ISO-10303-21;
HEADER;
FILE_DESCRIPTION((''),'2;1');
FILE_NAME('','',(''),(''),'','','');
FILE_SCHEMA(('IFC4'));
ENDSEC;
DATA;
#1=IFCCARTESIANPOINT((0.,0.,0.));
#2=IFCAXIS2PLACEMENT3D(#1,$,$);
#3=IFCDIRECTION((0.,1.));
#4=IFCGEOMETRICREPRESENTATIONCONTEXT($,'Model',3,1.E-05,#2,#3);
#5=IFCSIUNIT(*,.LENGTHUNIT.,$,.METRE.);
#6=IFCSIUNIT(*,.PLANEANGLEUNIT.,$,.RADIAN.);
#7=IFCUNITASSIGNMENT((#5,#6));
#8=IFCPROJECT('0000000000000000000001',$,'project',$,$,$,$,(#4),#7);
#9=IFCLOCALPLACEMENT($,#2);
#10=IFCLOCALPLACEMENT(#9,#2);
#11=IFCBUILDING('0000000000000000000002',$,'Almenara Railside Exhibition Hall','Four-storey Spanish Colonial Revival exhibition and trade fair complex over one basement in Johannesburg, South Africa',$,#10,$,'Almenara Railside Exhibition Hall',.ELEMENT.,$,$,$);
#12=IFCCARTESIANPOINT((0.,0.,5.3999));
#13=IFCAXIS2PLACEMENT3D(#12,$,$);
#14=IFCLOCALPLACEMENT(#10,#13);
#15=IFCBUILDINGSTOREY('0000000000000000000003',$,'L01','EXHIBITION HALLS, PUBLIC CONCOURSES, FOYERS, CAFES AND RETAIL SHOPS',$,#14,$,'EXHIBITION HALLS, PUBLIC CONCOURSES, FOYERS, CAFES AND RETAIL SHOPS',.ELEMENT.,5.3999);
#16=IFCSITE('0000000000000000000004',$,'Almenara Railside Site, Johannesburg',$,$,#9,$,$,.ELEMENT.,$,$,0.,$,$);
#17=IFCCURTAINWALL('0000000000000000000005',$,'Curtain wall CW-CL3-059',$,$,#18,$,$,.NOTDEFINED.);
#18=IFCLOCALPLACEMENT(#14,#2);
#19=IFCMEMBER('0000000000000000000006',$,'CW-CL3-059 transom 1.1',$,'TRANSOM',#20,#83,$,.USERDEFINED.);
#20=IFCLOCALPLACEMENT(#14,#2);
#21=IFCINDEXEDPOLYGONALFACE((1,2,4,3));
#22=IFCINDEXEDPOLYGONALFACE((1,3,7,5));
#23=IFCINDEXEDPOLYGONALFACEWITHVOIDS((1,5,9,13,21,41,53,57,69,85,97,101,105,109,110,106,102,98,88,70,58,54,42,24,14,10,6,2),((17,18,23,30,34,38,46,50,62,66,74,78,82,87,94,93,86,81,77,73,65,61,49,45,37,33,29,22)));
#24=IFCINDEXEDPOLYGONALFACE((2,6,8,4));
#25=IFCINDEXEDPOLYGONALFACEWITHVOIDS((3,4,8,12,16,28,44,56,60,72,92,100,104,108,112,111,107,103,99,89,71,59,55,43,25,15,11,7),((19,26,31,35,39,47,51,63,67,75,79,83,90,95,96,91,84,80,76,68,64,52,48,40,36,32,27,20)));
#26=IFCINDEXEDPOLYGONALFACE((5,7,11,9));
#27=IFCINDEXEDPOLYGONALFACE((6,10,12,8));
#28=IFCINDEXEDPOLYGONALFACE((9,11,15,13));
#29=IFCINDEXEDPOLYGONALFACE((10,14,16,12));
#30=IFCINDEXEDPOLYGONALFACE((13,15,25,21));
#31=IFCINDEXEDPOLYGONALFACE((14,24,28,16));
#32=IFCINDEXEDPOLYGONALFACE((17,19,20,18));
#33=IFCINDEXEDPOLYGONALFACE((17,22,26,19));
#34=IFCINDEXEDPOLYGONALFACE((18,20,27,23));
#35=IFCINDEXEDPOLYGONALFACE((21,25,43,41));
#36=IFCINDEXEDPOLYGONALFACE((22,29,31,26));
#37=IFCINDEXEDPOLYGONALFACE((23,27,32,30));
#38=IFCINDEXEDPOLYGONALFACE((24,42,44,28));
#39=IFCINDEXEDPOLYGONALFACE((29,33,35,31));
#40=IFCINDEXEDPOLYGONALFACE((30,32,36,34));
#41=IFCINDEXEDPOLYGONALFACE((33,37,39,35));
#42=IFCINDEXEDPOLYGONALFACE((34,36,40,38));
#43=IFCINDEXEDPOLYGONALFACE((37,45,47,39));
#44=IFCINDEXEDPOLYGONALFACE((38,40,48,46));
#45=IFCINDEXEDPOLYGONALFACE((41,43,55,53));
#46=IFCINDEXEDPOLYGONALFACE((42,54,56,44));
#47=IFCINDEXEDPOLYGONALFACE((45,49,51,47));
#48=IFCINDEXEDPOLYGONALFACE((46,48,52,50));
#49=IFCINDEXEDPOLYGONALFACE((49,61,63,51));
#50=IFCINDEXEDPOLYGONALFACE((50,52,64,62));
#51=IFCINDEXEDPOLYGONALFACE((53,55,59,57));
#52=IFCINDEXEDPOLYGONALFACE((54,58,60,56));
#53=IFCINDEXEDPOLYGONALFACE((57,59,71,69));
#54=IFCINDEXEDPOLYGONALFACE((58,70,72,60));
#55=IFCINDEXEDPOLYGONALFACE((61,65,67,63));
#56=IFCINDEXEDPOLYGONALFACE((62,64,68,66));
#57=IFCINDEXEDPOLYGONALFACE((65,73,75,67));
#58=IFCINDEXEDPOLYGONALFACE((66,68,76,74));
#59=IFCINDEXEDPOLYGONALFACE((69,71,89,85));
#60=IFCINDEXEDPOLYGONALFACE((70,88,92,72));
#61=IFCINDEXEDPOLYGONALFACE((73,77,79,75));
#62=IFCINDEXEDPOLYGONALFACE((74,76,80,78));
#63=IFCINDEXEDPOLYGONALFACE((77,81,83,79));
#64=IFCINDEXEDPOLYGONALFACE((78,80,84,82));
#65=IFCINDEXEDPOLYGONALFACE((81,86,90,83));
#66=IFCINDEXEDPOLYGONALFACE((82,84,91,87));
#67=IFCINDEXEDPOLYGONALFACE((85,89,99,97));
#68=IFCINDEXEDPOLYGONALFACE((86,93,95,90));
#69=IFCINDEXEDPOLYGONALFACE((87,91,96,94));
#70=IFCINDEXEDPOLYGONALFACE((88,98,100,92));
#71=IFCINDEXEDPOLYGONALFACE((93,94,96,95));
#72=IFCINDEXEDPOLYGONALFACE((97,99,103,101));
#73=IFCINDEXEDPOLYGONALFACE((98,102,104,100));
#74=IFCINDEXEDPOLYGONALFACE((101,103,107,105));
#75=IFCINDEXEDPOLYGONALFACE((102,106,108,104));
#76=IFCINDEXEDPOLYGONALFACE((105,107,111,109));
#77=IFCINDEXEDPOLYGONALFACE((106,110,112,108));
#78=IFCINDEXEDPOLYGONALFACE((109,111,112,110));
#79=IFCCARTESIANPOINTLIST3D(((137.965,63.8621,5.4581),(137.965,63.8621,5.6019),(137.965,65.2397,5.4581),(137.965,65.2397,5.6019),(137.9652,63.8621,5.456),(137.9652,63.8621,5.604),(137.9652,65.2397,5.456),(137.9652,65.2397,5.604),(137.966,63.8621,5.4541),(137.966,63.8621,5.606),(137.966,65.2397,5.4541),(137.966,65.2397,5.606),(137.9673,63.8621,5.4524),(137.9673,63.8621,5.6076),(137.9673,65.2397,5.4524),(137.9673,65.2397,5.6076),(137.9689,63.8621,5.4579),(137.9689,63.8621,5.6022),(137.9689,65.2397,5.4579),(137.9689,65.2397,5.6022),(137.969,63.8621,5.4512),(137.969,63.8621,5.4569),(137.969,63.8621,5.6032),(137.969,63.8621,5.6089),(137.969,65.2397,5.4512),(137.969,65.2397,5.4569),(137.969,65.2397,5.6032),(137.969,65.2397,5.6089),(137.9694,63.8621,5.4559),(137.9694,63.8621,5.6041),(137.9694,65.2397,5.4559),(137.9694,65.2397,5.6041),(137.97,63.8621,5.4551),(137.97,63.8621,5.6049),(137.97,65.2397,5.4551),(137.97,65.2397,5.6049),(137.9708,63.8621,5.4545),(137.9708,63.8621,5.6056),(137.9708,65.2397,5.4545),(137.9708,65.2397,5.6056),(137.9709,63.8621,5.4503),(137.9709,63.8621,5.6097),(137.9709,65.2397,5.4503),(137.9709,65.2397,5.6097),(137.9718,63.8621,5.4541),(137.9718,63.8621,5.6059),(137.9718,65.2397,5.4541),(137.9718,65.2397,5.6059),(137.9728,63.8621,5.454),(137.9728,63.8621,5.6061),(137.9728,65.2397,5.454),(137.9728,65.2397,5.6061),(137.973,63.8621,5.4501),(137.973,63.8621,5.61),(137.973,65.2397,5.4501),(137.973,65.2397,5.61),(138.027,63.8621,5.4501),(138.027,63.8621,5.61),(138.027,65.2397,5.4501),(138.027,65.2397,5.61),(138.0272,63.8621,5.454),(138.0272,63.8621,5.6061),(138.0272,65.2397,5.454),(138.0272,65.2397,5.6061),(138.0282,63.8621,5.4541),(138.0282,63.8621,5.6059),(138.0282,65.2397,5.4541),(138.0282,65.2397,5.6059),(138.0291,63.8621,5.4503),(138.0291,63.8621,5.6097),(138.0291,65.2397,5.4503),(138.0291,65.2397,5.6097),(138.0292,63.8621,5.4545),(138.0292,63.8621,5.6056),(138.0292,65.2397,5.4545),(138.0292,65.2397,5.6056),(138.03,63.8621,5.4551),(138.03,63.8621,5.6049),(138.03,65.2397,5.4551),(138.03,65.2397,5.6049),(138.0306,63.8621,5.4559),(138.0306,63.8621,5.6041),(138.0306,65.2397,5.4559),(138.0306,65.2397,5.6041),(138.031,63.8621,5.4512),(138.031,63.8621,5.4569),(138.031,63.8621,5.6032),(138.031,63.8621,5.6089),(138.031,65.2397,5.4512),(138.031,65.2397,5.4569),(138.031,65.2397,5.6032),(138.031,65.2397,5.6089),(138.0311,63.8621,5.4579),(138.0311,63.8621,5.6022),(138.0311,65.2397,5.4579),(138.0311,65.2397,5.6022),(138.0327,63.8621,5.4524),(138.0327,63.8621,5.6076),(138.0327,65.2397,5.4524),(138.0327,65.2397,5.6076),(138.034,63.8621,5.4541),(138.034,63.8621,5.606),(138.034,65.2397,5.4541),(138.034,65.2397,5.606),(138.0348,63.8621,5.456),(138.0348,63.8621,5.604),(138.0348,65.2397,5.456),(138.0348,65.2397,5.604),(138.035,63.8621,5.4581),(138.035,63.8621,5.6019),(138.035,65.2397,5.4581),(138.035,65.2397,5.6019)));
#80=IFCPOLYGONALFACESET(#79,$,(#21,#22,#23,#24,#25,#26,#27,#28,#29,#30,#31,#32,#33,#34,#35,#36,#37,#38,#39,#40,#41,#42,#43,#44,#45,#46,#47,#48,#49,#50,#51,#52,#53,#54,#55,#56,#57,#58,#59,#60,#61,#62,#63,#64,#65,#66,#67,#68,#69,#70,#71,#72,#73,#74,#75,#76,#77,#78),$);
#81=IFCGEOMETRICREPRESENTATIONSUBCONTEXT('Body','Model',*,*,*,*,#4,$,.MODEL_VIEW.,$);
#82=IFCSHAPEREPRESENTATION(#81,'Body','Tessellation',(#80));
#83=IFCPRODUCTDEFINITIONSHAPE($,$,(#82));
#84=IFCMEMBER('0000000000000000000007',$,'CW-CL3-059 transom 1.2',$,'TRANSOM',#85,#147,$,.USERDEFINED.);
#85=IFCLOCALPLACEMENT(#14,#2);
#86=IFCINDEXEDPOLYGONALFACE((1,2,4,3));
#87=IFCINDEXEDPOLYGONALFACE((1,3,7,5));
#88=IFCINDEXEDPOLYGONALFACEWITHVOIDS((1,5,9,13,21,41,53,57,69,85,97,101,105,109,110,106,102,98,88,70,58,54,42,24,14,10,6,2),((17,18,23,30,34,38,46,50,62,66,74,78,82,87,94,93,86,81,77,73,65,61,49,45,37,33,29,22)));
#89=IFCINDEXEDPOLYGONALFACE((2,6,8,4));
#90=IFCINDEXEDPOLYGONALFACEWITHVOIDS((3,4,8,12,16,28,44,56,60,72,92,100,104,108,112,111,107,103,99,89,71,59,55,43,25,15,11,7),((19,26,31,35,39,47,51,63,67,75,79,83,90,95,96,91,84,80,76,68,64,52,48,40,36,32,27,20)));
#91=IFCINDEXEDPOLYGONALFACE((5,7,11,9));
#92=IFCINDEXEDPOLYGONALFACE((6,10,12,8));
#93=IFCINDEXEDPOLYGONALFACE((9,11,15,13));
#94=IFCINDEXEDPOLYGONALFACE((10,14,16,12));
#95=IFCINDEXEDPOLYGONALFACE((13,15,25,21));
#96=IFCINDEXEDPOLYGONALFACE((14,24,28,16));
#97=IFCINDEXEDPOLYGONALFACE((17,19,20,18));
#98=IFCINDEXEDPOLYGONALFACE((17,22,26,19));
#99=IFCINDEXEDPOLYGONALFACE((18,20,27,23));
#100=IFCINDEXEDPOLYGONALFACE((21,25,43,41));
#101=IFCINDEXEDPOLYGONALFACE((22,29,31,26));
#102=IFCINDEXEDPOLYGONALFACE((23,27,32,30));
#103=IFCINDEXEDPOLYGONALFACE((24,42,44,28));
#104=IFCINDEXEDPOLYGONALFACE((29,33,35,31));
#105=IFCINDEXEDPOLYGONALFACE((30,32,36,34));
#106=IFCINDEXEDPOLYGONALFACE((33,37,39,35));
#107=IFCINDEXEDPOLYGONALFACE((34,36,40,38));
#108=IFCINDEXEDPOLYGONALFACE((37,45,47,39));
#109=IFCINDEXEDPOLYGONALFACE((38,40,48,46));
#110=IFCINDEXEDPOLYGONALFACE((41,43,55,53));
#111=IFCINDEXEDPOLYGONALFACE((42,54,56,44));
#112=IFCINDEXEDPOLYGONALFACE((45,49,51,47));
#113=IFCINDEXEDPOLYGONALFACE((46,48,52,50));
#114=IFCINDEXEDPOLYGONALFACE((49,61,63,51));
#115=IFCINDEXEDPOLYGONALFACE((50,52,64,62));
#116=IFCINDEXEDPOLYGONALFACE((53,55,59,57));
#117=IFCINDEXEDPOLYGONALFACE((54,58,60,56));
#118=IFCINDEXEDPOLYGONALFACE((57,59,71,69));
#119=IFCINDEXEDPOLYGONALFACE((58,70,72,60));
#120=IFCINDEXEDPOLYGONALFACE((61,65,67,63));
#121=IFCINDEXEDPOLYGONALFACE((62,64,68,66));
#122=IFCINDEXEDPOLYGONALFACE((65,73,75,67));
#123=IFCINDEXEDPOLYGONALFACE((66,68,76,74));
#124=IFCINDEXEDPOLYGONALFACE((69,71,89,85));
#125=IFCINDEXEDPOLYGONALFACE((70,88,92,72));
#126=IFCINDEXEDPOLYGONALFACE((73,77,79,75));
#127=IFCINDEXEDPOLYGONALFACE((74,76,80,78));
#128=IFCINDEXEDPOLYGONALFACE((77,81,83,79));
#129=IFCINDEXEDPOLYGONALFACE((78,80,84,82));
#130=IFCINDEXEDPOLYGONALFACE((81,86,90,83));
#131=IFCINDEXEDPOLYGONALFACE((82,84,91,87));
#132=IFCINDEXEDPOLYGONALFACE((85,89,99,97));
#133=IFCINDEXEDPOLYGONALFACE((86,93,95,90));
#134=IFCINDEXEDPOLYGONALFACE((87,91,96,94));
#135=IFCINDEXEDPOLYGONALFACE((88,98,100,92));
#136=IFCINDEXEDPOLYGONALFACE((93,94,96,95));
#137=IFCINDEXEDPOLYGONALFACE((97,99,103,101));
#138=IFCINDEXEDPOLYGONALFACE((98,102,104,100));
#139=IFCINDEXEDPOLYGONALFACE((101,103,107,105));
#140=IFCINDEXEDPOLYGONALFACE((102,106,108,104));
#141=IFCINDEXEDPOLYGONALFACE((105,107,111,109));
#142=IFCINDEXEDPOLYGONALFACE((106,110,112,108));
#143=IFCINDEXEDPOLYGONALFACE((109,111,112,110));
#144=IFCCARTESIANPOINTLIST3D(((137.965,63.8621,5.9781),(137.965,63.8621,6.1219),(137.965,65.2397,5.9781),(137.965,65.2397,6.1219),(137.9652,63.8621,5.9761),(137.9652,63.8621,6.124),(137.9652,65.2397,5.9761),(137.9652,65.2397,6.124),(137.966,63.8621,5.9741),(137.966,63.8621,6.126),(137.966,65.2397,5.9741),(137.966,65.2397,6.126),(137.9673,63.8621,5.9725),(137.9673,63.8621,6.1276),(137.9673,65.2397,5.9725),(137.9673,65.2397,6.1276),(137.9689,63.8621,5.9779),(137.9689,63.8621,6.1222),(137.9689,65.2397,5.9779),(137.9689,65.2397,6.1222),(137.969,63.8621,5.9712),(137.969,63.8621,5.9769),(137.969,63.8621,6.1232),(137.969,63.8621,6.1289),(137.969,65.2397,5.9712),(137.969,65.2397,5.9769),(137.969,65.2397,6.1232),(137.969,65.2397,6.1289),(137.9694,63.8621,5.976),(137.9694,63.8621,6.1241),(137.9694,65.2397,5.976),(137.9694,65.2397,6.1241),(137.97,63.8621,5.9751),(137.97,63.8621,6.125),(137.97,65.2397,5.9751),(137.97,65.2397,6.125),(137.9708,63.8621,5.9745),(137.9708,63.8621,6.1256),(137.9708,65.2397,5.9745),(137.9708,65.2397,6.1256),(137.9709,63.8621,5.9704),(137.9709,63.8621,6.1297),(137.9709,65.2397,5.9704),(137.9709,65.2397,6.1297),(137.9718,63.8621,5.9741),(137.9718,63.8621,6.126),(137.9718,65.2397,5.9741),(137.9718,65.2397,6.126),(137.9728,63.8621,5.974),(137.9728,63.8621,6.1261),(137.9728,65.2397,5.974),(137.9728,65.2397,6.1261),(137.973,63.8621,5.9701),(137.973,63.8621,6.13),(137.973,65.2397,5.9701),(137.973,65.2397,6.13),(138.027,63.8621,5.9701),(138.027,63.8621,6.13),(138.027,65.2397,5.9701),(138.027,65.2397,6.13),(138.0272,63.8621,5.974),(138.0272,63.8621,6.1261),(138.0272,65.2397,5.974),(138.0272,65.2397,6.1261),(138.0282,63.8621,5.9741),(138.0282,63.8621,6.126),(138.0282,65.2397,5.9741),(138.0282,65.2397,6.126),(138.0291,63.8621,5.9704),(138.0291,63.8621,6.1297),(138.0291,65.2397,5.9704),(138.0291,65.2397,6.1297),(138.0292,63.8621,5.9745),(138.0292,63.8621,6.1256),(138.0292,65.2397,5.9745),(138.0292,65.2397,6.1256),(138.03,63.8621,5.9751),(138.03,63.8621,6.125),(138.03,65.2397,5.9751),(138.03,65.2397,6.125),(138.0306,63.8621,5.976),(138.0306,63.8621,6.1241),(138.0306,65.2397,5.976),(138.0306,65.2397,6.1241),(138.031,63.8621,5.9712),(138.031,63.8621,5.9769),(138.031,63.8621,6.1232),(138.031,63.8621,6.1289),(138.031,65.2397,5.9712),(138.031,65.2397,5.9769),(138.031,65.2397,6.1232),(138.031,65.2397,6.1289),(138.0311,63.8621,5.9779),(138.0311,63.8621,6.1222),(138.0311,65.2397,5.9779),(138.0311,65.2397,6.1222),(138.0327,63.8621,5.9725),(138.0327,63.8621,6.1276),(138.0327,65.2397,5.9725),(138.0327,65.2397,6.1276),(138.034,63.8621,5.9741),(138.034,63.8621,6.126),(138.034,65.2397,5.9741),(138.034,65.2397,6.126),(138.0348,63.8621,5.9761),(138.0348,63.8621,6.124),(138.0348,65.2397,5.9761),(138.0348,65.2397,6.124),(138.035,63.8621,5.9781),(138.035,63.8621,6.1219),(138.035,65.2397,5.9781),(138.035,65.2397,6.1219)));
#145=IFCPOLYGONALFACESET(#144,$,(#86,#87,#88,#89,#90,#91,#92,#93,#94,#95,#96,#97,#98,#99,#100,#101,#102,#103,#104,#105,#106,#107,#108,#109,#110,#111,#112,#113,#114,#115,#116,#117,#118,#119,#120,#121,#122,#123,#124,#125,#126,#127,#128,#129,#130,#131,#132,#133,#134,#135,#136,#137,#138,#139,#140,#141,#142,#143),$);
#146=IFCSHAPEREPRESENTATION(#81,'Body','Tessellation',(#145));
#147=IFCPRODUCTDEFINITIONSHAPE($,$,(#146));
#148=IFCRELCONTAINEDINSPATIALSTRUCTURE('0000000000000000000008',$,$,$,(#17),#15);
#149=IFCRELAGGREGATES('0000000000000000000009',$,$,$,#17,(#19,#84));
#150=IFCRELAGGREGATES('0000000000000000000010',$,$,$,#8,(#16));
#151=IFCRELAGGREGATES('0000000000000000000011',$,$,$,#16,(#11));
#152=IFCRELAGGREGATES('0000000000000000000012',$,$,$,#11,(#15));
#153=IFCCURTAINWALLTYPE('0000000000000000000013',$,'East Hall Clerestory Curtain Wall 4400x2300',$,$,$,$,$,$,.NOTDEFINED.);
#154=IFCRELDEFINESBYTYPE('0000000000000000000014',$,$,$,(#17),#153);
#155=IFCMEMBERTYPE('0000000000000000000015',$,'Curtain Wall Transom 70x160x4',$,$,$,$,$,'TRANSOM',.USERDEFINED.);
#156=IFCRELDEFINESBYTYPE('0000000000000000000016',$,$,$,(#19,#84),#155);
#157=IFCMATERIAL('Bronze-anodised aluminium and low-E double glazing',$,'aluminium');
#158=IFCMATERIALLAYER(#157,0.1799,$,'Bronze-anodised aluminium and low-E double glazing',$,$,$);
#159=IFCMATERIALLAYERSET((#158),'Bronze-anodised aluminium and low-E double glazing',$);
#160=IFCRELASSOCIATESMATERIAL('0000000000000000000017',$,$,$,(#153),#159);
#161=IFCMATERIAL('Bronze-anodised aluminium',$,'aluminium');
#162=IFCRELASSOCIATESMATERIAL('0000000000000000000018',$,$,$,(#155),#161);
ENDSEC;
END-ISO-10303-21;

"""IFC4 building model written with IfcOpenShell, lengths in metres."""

from ifc_helpers import new_model, si_unit, direction, frame, origin, origin_2d, place, context, subcontext, project, spatial, hollow_rectangle, extrude, material, layer, layer_set, material_profile, profile_set, type_object, element, aggregate, save


model = new_model("IFC4")

# Units and contexts
model_context = context("Model", 3, precision=1e-05, world=origin(), true_north=direction((0.0, 1.0)))
body_context = subcontext(model_context, "Body", "Model", "MODEL_VIEW")
ifc_project = project(units=[si_unit("LENGTHUNIT", "METRE"), si_unit("PLANEANGLEUNIT", "RADIAN")], contexts=[model_context])

# Site, building, storey
site_placement = place(None, origin())
site = spatial("IfcSite", under=ifc_project, at=site_placement, Name="Almenara Railside Site, Johannesburg", CompositionType="ELEMENT", RefElevation=0.0)
building_placement = place(site_placement, origin())
building = spatial("IfcBuilding", under=site, at=building_placement, Name="Almenara Railside Exhibition Hall", Description="Four-storey Spanish Colonial Revival exhibition and trade fair complex over one basement in Johannesburg, South Africa", LongName="Almenara Railside Exhibition Hall", CompositionType="ELEMENT")
storey_placement = place(building_placement, frame((0.0, 0.0, 5.3999)))
storey = spatial("IfcBuildingStorey", under=building, at=storey_placement, Name="L01", Description="EXHIBITION HALLS, PUBLIC CONCOURSES, FOYERS, CAFES AND RETAIL SHOPS", LongName="EXHIBITION HALLS, PUBLIC CONCOURSES, FOYERS, CAFES AND RETAIL SHOPS", CompositionType="ELEMENT", Elevation=5.3999)

# Shared definitions
ifc_material_1 = material(Name="Bronze-anodised aluminium and low-E double glazing", Category="aluminium")
ifc_layer_1 = layer(ifc_material_1, 0.1799, Name="Bronze-anodised aluminium and low-E double glazing")
ifc_layer_set_1 = layer_set([ifc_layer_1], Name="Bronze-anodised aluminium and low-E double glazing")
curtain_wall_type = type_object("IfcCurtainWallType", Name="East Hall Clerestory Curtain Wall 4400x2300", PredefinedType="NOTDEFINED", material=ifc_layer_set_1)
ifc_material_2 = material(Name="Bronze-anodised aluminium", Category="aluminium")

# Curtain wall
curtain_wall_1_placement = place(storey_placement, origin())
curtain_wall_1 = element("IfcCurtainWall", 1, at=curtain_wall_1_placement, inside=storey, type_object=curtain_wall_type, Name="Curtain wall CW-CL3-059", PredefinedType="NOTDEFINED")

# Members
ifc_material_profile_1 = material_profile(ifc_material_2, hollow_rectangle(XDim=0.0701, YDim=0.1599, WallThickness=0.0039, InnerFilletRadius=0.0039, OuterFilletRadius=0.0081, at=origin_2d()), Name="ALU-TRN 70x160x4")
ifc_profile_set_1 = profile_set([ifc_material_profile_1], Name="Bronze-anodised aluminium")
member_type_1 = type_object("IfcMemberType", Name="Curtain Wall Transom 70x160x4", ElementType="TRANSOM", PredefinedType="USERDEFINED", material=ifc_profile_set_1)
member_1_placement = place(storey_placement, frame((138.0, 63.8621, 5.53), z_axis=(0.0, 1.0, 0.0), x_axis=(-1.0, 0.0, 0.0)))
member_1 = element("IfcMember", 2, at=member_1_placement, type_object=member_type_1, Name="CW-CL3-059 transom 1.1", ObjectType="TRANSOM", PredefinedType="USERDEFINED", context=body_context, shape_type="SweptSolid", body=[
    extrude(hollow_rectangle(XDim=0.0701, YDim=0.1599, WallThickness=0.0039, InnerFilletRadius=0.0039, OuterFilletRadius=0.0081, at=origin_2d()), origin(), (0.0, 0.0, 1.0), 1.3777),
])
member_2_placement = place(storey_placement, frame((138.0, 63.8621, 6.05), z_axis=(0.0, 1.0, 0.0), x_axis=(-1.0, 0.0, 0.0)))
member_2 = element("IfcMember", 3, at=member_2_placement, type_object=member_type_1, Name="CW-CL3-059 transom 1.2", ObjectType="TRANSOM", PredefinedType="USERDEFINED", context=body_context, shape_type="SweptSolid", body=[
    extrude(hollow_rectangle(XDim=0.0701, YDim=0.1599, WallThickness=0.0039, InnerFilletRadius=0.0039, OuterFilletRadius=0.0081, at=origin_2d()), origin(), (0.0, 0.0, 1.0), 1.3777),
])

aggregate(curtain_wall_1, [member_1, member_2])

save(model, "model.ifc")
